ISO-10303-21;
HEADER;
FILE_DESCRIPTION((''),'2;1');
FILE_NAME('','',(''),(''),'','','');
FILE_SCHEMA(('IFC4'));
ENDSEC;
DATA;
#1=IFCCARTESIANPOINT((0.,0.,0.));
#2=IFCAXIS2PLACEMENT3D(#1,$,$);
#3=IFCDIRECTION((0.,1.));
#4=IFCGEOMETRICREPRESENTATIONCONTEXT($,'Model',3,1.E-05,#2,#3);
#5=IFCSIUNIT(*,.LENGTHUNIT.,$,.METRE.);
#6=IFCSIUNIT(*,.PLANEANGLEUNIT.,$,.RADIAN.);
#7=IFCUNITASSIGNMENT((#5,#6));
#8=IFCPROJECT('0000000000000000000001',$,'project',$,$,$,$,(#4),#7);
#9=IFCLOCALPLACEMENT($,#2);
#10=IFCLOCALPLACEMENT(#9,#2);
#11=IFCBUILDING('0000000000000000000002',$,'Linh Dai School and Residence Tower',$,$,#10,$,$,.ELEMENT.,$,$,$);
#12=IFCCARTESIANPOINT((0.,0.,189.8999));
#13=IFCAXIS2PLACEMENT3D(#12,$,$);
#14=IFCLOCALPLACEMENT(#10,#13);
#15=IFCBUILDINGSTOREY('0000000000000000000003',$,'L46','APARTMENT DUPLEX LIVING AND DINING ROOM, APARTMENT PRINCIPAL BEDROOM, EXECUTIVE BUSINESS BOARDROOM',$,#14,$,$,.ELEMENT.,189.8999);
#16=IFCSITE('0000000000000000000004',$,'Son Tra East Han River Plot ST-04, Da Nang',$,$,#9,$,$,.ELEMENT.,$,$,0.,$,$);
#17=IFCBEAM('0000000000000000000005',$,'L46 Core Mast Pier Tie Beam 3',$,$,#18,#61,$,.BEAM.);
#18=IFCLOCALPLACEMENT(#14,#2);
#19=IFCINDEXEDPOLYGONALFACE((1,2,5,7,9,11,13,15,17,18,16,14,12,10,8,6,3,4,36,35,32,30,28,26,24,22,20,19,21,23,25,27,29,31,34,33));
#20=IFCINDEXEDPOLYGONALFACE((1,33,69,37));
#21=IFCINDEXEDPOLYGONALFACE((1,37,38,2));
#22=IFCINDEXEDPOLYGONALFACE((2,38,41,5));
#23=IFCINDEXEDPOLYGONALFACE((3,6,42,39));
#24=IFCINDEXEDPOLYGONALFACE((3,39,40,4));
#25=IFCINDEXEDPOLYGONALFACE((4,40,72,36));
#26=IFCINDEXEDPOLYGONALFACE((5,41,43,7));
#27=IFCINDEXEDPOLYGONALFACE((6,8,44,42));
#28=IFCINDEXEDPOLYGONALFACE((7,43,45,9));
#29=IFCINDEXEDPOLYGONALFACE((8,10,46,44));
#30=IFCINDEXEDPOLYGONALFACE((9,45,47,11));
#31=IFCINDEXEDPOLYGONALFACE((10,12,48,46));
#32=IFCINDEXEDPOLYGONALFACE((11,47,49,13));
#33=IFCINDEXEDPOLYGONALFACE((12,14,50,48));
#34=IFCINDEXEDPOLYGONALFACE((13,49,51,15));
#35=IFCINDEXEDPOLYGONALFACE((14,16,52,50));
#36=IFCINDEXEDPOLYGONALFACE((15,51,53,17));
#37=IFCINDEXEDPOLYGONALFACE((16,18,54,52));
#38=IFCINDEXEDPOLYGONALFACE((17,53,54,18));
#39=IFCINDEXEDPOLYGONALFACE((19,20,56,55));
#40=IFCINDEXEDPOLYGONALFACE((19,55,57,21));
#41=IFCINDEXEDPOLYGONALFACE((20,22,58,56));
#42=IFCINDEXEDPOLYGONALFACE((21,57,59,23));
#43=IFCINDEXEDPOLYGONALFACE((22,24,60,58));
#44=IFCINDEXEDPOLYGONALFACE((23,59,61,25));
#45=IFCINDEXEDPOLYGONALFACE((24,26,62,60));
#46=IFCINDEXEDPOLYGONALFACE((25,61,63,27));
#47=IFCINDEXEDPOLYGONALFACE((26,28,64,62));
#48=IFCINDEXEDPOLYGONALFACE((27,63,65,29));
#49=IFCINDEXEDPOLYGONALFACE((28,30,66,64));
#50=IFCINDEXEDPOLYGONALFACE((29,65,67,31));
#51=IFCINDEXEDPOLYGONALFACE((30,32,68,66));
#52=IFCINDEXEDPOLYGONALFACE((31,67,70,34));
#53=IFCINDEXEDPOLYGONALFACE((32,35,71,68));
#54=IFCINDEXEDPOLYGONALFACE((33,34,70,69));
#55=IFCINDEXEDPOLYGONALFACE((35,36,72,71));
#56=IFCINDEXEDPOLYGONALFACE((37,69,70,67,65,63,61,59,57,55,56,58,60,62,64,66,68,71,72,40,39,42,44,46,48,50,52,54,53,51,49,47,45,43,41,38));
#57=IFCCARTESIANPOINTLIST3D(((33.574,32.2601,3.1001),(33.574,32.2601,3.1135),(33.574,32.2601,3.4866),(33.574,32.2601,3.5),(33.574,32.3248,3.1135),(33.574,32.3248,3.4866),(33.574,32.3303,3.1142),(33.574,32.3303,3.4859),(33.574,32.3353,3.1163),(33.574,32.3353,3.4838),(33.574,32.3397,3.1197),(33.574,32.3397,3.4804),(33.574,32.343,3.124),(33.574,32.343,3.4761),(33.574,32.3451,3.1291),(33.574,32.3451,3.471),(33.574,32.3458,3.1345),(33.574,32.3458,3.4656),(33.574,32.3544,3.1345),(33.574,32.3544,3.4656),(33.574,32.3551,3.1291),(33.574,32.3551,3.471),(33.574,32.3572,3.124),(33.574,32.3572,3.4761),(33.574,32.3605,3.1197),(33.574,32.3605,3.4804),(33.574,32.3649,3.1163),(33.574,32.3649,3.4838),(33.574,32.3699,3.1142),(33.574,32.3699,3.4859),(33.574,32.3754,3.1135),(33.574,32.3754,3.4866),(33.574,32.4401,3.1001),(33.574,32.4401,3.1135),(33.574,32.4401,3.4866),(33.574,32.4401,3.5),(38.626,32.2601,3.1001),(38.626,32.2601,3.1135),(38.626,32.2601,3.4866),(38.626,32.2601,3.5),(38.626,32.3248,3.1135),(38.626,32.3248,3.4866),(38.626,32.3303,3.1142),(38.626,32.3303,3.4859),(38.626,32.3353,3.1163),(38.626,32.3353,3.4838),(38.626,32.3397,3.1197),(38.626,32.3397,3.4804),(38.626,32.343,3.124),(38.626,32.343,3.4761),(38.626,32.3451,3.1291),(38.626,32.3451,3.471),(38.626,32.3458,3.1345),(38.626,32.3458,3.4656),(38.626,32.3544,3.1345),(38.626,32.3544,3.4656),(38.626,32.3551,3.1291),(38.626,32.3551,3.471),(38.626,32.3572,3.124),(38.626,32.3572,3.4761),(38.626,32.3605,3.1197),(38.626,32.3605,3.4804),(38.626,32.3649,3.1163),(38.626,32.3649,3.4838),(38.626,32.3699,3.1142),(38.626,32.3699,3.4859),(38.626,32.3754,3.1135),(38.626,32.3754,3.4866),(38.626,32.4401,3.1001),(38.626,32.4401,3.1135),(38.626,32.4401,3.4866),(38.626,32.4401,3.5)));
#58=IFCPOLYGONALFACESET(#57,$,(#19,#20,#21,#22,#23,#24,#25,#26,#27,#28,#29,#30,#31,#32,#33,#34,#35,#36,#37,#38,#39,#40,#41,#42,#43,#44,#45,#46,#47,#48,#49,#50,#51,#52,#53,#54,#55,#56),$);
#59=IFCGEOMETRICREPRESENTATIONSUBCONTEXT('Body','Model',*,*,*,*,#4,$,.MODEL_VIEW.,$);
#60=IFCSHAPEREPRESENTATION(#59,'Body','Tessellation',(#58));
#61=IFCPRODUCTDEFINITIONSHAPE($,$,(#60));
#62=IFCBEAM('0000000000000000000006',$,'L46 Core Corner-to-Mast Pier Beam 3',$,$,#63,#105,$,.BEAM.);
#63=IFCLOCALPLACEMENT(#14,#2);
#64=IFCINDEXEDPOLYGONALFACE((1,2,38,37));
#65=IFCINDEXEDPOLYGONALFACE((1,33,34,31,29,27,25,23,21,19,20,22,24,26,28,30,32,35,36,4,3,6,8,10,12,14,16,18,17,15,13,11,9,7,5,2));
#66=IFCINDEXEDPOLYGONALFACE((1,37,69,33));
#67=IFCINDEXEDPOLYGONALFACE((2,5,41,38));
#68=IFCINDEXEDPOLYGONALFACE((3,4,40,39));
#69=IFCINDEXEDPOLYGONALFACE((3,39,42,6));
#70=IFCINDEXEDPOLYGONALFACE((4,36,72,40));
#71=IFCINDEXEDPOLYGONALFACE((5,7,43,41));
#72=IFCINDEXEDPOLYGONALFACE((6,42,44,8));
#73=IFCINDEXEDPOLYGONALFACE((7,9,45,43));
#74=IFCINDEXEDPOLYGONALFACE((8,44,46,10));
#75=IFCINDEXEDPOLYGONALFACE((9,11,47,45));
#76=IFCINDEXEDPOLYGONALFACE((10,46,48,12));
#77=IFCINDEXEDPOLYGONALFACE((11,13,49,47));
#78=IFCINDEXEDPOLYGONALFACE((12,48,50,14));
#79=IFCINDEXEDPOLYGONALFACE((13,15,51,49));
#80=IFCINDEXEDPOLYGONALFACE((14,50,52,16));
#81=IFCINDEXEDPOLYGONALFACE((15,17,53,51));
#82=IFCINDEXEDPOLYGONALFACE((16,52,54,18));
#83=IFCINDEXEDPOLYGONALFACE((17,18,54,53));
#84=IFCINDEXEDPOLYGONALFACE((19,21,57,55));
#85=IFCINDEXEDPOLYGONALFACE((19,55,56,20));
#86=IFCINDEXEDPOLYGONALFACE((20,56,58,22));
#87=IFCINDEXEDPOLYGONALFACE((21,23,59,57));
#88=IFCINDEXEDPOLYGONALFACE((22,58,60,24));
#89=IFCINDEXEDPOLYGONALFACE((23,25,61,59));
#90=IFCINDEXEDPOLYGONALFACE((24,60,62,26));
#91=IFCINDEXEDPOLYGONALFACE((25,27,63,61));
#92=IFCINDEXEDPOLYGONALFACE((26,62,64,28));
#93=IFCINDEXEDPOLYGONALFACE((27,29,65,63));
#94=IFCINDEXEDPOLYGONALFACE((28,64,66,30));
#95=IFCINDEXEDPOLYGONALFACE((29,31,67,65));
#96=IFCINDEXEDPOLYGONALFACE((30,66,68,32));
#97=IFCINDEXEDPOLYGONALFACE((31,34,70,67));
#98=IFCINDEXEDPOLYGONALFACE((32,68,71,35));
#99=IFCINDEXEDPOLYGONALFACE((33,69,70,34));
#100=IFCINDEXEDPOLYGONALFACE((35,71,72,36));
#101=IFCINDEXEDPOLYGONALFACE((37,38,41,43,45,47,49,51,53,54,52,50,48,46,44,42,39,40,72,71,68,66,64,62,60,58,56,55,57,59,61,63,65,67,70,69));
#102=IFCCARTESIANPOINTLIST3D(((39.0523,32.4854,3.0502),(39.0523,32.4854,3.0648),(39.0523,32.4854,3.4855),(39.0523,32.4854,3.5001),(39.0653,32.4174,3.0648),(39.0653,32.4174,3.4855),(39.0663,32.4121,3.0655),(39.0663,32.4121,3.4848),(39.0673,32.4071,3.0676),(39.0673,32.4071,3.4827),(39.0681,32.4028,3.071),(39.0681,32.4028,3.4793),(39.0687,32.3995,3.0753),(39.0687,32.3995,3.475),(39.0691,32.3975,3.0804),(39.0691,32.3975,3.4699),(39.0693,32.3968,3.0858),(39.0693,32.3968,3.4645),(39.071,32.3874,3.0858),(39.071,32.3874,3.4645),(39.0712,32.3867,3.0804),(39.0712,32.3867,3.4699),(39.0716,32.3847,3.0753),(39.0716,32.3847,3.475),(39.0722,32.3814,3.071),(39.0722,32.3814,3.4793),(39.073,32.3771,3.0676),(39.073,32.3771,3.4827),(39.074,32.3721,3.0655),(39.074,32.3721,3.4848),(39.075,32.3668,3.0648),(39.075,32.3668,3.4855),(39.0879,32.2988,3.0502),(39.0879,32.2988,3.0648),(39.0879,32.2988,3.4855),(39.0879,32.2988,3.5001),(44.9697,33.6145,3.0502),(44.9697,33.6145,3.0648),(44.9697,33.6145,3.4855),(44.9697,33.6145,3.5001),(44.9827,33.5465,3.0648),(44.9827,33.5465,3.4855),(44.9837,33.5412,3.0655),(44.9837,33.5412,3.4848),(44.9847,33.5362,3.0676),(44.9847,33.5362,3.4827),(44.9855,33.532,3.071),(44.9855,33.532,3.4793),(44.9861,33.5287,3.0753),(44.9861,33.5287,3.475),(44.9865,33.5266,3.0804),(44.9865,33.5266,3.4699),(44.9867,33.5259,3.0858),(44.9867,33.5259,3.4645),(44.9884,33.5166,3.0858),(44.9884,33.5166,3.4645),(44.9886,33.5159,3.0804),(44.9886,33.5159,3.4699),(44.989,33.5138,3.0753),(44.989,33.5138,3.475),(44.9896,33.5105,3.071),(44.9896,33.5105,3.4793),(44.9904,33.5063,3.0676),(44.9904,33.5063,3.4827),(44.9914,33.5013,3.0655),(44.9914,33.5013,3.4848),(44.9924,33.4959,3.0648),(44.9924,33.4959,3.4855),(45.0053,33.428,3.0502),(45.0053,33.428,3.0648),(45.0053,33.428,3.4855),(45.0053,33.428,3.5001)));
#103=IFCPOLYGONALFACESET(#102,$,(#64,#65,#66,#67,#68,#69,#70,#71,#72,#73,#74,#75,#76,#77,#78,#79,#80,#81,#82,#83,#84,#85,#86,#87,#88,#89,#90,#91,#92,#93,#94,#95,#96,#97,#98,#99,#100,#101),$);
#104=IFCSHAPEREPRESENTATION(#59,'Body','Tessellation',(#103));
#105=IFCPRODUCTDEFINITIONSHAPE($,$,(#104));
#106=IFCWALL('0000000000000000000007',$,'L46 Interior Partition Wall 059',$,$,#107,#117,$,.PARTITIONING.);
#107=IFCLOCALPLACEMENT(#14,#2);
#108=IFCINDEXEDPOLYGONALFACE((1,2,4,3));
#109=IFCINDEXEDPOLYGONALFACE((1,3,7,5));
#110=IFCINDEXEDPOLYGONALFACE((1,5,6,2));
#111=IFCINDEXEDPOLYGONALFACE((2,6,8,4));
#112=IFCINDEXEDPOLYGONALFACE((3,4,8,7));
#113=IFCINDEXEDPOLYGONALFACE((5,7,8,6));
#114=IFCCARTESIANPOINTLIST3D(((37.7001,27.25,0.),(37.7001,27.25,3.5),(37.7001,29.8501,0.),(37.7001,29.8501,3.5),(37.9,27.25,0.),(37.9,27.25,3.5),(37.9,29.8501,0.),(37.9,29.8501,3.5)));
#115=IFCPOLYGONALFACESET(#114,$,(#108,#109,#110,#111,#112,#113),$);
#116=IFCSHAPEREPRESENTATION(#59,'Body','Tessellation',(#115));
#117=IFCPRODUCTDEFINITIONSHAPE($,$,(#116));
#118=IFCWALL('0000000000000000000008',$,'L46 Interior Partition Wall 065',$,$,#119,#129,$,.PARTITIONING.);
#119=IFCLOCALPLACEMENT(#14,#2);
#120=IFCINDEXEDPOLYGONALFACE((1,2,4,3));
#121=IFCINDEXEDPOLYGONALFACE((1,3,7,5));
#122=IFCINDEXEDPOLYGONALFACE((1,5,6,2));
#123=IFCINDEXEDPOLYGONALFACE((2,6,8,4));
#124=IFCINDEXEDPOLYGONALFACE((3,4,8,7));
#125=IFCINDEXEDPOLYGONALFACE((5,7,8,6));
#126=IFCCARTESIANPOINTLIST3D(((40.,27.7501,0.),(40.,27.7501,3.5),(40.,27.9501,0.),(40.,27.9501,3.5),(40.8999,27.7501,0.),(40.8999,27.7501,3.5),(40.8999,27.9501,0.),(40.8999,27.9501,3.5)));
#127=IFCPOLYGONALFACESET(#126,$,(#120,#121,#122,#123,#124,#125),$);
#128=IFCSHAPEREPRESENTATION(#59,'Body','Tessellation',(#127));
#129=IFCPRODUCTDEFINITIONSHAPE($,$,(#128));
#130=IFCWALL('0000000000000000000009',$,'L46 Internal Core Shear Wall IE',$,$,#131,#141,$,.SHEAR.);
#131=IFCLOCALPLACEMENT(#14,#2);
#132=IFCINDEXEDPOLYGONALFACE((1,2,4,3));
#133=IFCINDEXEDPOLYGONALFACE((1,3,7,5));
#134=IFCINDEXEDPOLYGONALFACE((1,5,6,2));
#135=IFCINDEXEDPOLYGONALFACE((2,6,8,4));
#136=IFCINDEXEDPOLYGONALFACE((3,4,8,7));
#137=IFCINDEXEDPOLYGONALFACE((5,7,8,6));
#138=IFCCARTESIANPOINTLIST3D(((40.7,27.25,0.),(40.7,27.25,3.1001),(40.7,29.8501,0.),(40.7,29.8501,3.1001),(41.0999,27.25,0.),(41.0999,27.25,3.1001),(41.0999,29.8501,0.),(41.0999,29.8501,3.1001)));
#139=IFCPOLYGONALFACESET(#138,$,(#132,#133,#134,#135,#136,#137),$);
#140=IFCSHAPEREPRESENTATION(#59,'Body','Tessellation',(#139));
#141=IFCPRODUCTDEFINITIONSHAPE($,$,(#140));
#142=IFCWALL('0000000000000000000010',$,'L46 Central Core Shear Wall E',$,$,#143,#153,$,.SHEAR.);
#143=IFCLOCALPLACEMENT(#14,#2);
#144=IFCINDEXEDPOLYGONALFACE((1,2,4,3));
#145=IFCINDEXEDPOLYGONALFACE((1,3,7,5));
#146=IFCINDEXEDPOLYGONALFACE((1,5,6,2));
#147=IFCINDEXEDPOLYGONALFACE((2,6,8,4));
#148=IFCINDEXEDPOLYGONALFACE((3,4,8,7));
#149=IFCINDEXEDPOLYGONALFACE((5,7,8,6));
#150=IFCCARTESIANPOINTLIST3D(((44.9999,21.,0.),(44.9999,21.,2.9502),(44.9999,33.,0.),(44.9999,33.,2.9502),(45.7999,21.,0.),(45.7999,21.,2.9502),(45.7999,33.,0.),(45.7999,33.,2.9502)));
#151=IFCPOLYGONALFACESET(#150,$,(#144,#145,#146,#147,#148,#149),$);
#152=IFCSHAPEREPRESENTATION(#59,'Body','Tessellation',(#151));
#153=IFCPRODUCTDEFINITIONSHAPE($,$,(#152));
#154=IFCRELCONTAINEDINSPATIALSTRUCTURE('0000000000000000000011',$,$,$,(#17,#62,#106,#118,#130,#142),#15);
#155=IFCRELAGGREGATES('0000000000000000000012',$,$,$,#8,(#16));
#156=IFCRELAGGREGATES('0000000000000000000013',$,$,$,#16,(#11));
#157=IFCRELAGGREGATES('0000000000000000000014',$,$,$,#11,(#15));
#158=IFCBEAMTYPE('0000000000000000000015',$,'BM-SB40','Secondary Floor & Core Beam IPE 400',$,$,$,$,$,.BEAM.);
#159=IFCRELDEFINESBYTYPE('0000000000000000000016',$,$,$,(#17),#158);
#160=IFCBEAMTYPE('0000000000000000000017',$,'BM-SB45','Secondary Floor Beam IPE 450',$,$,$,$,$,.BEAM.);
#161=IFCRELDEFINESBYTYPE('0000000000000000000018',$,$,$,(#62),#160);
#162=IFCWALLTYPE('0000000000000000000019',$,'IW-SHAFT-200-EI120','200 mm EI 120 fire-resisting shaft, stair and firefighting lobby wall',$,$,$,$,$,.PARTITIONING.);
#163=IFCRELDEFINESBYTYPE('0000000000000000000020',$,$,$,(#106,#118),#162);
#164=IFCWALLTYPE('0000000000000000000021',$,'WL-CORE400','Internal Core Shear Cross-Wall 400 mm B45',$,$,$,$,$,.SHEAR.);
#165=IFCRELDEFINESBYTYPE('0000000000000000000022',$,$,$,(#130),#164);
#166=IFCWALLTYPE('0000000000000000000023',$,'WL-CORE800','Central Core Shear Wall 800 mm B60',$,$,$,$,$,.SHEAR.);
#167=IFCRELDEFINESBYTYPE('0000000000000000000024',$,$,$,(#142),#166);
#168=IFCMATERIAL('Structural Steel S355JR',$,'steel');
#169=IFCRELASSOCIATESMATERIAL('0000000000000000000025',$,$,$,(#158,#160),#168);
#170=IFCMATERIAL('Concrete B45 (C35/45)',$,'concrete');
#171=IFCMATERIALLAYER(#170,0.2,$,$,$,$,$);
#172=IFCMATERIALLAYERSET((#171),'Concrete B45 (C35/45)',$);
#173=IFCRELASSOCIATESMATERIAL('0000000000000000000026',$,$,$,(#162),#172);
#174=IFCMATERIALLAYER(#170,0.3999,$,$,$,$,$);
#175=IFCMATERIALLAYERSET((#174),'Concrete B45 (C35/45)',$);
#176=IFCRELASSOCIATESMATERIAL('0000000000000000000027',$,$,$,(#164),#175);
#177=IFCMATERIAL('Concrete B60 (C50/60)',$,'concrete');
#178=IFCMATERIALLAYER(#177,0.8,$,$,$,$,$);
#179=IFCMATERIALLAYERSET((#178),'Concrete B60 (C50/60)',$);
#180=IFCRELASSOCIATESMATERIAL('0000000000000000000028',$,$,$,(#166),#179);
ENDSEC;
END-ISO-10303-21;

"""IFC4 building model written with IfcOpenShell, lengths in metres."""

from ifc_helpers import new_model, si_unit, direction, frame, frame_2d, origin, origin_2d, place, context, subcontext, project, spatial, rectangle, i_section, extrude, material, layer, layer_set, material_profile, profile_set, type_object, element, save


model = new_model("IFC4")

# Units and contexts
model_context = context("Model", 3, precision=1e-05, world=origin(), true_north=direction((0.0, 1.0)))
body_context = subcontext(model_context, "Body", "Model", "MODEL_VIEW")
ifc_project = project(units=[si_unit("LENGTHUNIT", "METRE"), si_unit("PLANEANGLEUNIT", "RADIAN")], contexts=[model_context])

# Site, building, storey
site_placement = place(None, origin())
site = spatial("IfcSite", under=ifc_project, at=site_placement, Name="Son Tra East Han River Plot ST-04, Da Nang", CompositionType="ELEMENT", RefElevation=0.0)
building_placement = place(site_placement, origin())
building = spatial("IfcBuilding", under=site, at=building_placement, Name="Linh Dai School and Residence Tower", CompositionType="ELEMENT")
storey_placement = place(building_placement, frame((0.0, 0.0, 189.8999)))
storey = spatial("IfcBuildingStorey", under=building, at=storey_placement, Name="L46", Description="APARTMENT DUPLEX LIVING AND DINING ROOM, APARTMENT PRINCIPAL BEDROOM, EXECUTIVE BUSINESS BOARDROOM", CompositionType="ELEMENT", Elevation=189.8999)

# Shared definitions
ifc_material_1 = material(Name="Structural Steel S355JR", Category="steel")

# Beams
ifc_material_profile_1 = material_profile(ifc_material_1, i_section(OverallWidth=0.1799, OverallDepth=0.3999, WebThickness=0.0085, FlangeThickness=0.0134, FilletRadius=0.021, at=origin_2d()), Name="IPE 400")
ifc_profile_set_1 = profile_set([ifc_material_profile_1], Name="Structural Steel S355JR")
beam_type_1 = type_object("IfcBeamType", Name="BM-SB40", Description="Secondary Floor & Core Beam IPE 400", PredefinedType="BEAM", material=ifc_profile_set_1)
beam_1_placement = place(storey_placement, frame((38.626, 32.3501, 3.3), z_axis=(-1.0, 0.0, 0.0), x_axis=(0.0, -1.0, 0.0)))
element("IfcBeam", 1, at=beam_1_placement, inside=storey, type_object=beam_type_1, Name="L46 Core Mast Pier Tie Beam 3", PredefinedType="BEAM", context=body_context, shape_type="SweptSolid", body=[
    extrude(i_section(OverallWidth=0.1799, OverallDepth=0.3999, WebThickness=0.0085, FlangeThickness=0.0134, FilletRadius=0.021, at=origin_2d()), origin(), (0.0, 0.0, 1.0), 5.052),
])
ifc_material_profile_2 = material_profile(ifc_material_1, i_section(OverallWidth=0.1899, OverallDepth=0.45, WebThickness=0.0095, FlangeThickness=0.0146, FilletRadius=0.021, at=origin_2d()), Name="IPE 450")
ifc_profile_set_2 = profile_set([ifc_material_profile_2], Name="Structural Steel S355JR")
beam_type_2 = type_object("IfcBeamType", Name="BM-SB45", Description="Secondary Floor Beam IPE 450", PredefinedType="BEAM", material=ifc_profile_set_2)
beam_2_placement = place(storey_placement, frame((44.9875, 33.5212, 3.2751), z_axis=(-0.982277, -0.187434, 0.0), x_axis=(0.187434, -0.982277, 0.0)))
element("IfcBeam", 2, at=beam_2_placement, inside=storey, type_object=beam_type_2, Name="L46 Core Corner-to-Mast Pier Beam 3", PredefinedType="BEAM", context=body_context, shape_type="SweptSolid", body=[
    extrude(i_section(OverallWidth=0.1899, OverallDepth=0.45, WebThickness=0.0095, FlangeThickness=0.0146, FilletRadius=0.021, at=origin_2d()), origin(), (0.0, 0.0, 1.0), 6.0242),
])

# Shared definitions
ifc_material_2 = material(Name="Concrete B45 (C35/45)", Category="concrete")
ifc_layer_1 = layer(ifc_material_2, 0.2)
ifc_layer_set_1 = layer_set([ifc_layer_1], Name="Concrete B45 (C35/45)")
wall_type_1 = type_object("IfcWallType", Name="IW-SHAFT-200-EI120", Description="200 mm EI 120 fire-resisting shaft, stair and firefighting lobby wall", PredefinedType="PARTITIONING", material=ifc_layer_set_1)

# Walls
wall_1_placement = place(storey_placement, frame((37.8, 27.25, 0.0), z_axis=(0.0, 0.0, 1.0), x_axis=(0.0, 1.0, 0.0)))
element("IfcWall", 3, at=wall_1_placement, inside=storey, type_object=wall_type_1, Name="L46 Interior Partition Wall 059", PredefinedType="PARTITIONING", context=body_context, shape_type="SweptSolid", body=[
    extrude(rectangle(XDim=2.6001, YDim=0.2, at=frame_2d((1.3, 0.0))), origin(), (0.0, 0.0, 1.0), 3.5),
])
wall_2_placement = place(storey_placement, frame((40.0, 27.8501, 0.0), z_axis=(0.0, 0.0, 1.0), x_axis=(1.0, 0.0, 0.0)))
element("IfcWall", 4, at=wall_2_placement, inside=storey, type_object=wall_type_1, Name="L46 Interior Partition Wall 065", PredefinedType="PARTITIONING", context=body_context, shape_type="SweptSolid", body=[
    extrude(rectangle(XDim=0.8999, YDim=0.2, at=frame_2d((0.45, 0.0))), origin(), (0.0, 0.0, 1.0), 3.5),
])
ifc_layer_2 = layer(ifc_material_2, 0.3999)
ifc_layer_set_2 = layer_set([ifc_layer_2], Name="Concrete B45 (C35/45)")
wall_type_2 = type_object("IfcWallType", Name="WL-CORE400", Description="Internal Core Shear Cross-Wall 400 mm B45", PredefinedType="SHEAR", material=ifc_layer_set_2)
wall_3_placement = place(storey_placement, frame((40.8999, 27.25, 0.0), z_axis=(0.0, 0.0, 1.0), x_axis=(0.0, 1.0, 0.0)))
element("IfcWall", 5, at=wall_3_placement, inside=storey, type_object=wall_type_2, Name="L46 Internal Core Shear Wall IE", PredefinedType="SHEAR", context=body_context, shape_type="SweptSolid", body=[
    extrude(rectangle(XDim=2.6001, YDim=0.3999, at=frame_2d((1.3, 0.0))), origin(), (0.0, 0.0, 1.0), 3.1001),
])
ifc_material_3 = material(Name="Concrete B60 (C50/60)", Category="concrete")
ifc_layer_3 = layer(ifc_material_3, 0.8)
ifc_layer_set_3 = layer_set([ifc_layer_3], Name="Concrete B60 (C50/60)")
wall_type_3 = type_object("IfcWallType", Name="WL-CORE800", Description="Central Core Shear Wall 800 mm B60", PredefinedType="SHEAR", material=ifc_layer_set_3)
wall_4_placement = place(storey_placement, frame((45.3999, 33.0, 0.0), z_axis=(0.0, 0.0, 1.0), x_axis=(0.0, -1.0, 0.0)))
element("IfcWall", 6, at=wall_4_placement, inside=storey, type_object=wall_type_3, Name="L46 Central Core Shear Wall E", PredefinedType="SHEAR", context=body_context, shape_type="SweptSolid", body=[
    extrude(rectangle(XDim=12.0, YDim=0.8, at=frame_2d((6.0, 0.0))), origin(), (0.0, 0.0, 1.0), 2.9502),
])

save(model, "model.ifc")
